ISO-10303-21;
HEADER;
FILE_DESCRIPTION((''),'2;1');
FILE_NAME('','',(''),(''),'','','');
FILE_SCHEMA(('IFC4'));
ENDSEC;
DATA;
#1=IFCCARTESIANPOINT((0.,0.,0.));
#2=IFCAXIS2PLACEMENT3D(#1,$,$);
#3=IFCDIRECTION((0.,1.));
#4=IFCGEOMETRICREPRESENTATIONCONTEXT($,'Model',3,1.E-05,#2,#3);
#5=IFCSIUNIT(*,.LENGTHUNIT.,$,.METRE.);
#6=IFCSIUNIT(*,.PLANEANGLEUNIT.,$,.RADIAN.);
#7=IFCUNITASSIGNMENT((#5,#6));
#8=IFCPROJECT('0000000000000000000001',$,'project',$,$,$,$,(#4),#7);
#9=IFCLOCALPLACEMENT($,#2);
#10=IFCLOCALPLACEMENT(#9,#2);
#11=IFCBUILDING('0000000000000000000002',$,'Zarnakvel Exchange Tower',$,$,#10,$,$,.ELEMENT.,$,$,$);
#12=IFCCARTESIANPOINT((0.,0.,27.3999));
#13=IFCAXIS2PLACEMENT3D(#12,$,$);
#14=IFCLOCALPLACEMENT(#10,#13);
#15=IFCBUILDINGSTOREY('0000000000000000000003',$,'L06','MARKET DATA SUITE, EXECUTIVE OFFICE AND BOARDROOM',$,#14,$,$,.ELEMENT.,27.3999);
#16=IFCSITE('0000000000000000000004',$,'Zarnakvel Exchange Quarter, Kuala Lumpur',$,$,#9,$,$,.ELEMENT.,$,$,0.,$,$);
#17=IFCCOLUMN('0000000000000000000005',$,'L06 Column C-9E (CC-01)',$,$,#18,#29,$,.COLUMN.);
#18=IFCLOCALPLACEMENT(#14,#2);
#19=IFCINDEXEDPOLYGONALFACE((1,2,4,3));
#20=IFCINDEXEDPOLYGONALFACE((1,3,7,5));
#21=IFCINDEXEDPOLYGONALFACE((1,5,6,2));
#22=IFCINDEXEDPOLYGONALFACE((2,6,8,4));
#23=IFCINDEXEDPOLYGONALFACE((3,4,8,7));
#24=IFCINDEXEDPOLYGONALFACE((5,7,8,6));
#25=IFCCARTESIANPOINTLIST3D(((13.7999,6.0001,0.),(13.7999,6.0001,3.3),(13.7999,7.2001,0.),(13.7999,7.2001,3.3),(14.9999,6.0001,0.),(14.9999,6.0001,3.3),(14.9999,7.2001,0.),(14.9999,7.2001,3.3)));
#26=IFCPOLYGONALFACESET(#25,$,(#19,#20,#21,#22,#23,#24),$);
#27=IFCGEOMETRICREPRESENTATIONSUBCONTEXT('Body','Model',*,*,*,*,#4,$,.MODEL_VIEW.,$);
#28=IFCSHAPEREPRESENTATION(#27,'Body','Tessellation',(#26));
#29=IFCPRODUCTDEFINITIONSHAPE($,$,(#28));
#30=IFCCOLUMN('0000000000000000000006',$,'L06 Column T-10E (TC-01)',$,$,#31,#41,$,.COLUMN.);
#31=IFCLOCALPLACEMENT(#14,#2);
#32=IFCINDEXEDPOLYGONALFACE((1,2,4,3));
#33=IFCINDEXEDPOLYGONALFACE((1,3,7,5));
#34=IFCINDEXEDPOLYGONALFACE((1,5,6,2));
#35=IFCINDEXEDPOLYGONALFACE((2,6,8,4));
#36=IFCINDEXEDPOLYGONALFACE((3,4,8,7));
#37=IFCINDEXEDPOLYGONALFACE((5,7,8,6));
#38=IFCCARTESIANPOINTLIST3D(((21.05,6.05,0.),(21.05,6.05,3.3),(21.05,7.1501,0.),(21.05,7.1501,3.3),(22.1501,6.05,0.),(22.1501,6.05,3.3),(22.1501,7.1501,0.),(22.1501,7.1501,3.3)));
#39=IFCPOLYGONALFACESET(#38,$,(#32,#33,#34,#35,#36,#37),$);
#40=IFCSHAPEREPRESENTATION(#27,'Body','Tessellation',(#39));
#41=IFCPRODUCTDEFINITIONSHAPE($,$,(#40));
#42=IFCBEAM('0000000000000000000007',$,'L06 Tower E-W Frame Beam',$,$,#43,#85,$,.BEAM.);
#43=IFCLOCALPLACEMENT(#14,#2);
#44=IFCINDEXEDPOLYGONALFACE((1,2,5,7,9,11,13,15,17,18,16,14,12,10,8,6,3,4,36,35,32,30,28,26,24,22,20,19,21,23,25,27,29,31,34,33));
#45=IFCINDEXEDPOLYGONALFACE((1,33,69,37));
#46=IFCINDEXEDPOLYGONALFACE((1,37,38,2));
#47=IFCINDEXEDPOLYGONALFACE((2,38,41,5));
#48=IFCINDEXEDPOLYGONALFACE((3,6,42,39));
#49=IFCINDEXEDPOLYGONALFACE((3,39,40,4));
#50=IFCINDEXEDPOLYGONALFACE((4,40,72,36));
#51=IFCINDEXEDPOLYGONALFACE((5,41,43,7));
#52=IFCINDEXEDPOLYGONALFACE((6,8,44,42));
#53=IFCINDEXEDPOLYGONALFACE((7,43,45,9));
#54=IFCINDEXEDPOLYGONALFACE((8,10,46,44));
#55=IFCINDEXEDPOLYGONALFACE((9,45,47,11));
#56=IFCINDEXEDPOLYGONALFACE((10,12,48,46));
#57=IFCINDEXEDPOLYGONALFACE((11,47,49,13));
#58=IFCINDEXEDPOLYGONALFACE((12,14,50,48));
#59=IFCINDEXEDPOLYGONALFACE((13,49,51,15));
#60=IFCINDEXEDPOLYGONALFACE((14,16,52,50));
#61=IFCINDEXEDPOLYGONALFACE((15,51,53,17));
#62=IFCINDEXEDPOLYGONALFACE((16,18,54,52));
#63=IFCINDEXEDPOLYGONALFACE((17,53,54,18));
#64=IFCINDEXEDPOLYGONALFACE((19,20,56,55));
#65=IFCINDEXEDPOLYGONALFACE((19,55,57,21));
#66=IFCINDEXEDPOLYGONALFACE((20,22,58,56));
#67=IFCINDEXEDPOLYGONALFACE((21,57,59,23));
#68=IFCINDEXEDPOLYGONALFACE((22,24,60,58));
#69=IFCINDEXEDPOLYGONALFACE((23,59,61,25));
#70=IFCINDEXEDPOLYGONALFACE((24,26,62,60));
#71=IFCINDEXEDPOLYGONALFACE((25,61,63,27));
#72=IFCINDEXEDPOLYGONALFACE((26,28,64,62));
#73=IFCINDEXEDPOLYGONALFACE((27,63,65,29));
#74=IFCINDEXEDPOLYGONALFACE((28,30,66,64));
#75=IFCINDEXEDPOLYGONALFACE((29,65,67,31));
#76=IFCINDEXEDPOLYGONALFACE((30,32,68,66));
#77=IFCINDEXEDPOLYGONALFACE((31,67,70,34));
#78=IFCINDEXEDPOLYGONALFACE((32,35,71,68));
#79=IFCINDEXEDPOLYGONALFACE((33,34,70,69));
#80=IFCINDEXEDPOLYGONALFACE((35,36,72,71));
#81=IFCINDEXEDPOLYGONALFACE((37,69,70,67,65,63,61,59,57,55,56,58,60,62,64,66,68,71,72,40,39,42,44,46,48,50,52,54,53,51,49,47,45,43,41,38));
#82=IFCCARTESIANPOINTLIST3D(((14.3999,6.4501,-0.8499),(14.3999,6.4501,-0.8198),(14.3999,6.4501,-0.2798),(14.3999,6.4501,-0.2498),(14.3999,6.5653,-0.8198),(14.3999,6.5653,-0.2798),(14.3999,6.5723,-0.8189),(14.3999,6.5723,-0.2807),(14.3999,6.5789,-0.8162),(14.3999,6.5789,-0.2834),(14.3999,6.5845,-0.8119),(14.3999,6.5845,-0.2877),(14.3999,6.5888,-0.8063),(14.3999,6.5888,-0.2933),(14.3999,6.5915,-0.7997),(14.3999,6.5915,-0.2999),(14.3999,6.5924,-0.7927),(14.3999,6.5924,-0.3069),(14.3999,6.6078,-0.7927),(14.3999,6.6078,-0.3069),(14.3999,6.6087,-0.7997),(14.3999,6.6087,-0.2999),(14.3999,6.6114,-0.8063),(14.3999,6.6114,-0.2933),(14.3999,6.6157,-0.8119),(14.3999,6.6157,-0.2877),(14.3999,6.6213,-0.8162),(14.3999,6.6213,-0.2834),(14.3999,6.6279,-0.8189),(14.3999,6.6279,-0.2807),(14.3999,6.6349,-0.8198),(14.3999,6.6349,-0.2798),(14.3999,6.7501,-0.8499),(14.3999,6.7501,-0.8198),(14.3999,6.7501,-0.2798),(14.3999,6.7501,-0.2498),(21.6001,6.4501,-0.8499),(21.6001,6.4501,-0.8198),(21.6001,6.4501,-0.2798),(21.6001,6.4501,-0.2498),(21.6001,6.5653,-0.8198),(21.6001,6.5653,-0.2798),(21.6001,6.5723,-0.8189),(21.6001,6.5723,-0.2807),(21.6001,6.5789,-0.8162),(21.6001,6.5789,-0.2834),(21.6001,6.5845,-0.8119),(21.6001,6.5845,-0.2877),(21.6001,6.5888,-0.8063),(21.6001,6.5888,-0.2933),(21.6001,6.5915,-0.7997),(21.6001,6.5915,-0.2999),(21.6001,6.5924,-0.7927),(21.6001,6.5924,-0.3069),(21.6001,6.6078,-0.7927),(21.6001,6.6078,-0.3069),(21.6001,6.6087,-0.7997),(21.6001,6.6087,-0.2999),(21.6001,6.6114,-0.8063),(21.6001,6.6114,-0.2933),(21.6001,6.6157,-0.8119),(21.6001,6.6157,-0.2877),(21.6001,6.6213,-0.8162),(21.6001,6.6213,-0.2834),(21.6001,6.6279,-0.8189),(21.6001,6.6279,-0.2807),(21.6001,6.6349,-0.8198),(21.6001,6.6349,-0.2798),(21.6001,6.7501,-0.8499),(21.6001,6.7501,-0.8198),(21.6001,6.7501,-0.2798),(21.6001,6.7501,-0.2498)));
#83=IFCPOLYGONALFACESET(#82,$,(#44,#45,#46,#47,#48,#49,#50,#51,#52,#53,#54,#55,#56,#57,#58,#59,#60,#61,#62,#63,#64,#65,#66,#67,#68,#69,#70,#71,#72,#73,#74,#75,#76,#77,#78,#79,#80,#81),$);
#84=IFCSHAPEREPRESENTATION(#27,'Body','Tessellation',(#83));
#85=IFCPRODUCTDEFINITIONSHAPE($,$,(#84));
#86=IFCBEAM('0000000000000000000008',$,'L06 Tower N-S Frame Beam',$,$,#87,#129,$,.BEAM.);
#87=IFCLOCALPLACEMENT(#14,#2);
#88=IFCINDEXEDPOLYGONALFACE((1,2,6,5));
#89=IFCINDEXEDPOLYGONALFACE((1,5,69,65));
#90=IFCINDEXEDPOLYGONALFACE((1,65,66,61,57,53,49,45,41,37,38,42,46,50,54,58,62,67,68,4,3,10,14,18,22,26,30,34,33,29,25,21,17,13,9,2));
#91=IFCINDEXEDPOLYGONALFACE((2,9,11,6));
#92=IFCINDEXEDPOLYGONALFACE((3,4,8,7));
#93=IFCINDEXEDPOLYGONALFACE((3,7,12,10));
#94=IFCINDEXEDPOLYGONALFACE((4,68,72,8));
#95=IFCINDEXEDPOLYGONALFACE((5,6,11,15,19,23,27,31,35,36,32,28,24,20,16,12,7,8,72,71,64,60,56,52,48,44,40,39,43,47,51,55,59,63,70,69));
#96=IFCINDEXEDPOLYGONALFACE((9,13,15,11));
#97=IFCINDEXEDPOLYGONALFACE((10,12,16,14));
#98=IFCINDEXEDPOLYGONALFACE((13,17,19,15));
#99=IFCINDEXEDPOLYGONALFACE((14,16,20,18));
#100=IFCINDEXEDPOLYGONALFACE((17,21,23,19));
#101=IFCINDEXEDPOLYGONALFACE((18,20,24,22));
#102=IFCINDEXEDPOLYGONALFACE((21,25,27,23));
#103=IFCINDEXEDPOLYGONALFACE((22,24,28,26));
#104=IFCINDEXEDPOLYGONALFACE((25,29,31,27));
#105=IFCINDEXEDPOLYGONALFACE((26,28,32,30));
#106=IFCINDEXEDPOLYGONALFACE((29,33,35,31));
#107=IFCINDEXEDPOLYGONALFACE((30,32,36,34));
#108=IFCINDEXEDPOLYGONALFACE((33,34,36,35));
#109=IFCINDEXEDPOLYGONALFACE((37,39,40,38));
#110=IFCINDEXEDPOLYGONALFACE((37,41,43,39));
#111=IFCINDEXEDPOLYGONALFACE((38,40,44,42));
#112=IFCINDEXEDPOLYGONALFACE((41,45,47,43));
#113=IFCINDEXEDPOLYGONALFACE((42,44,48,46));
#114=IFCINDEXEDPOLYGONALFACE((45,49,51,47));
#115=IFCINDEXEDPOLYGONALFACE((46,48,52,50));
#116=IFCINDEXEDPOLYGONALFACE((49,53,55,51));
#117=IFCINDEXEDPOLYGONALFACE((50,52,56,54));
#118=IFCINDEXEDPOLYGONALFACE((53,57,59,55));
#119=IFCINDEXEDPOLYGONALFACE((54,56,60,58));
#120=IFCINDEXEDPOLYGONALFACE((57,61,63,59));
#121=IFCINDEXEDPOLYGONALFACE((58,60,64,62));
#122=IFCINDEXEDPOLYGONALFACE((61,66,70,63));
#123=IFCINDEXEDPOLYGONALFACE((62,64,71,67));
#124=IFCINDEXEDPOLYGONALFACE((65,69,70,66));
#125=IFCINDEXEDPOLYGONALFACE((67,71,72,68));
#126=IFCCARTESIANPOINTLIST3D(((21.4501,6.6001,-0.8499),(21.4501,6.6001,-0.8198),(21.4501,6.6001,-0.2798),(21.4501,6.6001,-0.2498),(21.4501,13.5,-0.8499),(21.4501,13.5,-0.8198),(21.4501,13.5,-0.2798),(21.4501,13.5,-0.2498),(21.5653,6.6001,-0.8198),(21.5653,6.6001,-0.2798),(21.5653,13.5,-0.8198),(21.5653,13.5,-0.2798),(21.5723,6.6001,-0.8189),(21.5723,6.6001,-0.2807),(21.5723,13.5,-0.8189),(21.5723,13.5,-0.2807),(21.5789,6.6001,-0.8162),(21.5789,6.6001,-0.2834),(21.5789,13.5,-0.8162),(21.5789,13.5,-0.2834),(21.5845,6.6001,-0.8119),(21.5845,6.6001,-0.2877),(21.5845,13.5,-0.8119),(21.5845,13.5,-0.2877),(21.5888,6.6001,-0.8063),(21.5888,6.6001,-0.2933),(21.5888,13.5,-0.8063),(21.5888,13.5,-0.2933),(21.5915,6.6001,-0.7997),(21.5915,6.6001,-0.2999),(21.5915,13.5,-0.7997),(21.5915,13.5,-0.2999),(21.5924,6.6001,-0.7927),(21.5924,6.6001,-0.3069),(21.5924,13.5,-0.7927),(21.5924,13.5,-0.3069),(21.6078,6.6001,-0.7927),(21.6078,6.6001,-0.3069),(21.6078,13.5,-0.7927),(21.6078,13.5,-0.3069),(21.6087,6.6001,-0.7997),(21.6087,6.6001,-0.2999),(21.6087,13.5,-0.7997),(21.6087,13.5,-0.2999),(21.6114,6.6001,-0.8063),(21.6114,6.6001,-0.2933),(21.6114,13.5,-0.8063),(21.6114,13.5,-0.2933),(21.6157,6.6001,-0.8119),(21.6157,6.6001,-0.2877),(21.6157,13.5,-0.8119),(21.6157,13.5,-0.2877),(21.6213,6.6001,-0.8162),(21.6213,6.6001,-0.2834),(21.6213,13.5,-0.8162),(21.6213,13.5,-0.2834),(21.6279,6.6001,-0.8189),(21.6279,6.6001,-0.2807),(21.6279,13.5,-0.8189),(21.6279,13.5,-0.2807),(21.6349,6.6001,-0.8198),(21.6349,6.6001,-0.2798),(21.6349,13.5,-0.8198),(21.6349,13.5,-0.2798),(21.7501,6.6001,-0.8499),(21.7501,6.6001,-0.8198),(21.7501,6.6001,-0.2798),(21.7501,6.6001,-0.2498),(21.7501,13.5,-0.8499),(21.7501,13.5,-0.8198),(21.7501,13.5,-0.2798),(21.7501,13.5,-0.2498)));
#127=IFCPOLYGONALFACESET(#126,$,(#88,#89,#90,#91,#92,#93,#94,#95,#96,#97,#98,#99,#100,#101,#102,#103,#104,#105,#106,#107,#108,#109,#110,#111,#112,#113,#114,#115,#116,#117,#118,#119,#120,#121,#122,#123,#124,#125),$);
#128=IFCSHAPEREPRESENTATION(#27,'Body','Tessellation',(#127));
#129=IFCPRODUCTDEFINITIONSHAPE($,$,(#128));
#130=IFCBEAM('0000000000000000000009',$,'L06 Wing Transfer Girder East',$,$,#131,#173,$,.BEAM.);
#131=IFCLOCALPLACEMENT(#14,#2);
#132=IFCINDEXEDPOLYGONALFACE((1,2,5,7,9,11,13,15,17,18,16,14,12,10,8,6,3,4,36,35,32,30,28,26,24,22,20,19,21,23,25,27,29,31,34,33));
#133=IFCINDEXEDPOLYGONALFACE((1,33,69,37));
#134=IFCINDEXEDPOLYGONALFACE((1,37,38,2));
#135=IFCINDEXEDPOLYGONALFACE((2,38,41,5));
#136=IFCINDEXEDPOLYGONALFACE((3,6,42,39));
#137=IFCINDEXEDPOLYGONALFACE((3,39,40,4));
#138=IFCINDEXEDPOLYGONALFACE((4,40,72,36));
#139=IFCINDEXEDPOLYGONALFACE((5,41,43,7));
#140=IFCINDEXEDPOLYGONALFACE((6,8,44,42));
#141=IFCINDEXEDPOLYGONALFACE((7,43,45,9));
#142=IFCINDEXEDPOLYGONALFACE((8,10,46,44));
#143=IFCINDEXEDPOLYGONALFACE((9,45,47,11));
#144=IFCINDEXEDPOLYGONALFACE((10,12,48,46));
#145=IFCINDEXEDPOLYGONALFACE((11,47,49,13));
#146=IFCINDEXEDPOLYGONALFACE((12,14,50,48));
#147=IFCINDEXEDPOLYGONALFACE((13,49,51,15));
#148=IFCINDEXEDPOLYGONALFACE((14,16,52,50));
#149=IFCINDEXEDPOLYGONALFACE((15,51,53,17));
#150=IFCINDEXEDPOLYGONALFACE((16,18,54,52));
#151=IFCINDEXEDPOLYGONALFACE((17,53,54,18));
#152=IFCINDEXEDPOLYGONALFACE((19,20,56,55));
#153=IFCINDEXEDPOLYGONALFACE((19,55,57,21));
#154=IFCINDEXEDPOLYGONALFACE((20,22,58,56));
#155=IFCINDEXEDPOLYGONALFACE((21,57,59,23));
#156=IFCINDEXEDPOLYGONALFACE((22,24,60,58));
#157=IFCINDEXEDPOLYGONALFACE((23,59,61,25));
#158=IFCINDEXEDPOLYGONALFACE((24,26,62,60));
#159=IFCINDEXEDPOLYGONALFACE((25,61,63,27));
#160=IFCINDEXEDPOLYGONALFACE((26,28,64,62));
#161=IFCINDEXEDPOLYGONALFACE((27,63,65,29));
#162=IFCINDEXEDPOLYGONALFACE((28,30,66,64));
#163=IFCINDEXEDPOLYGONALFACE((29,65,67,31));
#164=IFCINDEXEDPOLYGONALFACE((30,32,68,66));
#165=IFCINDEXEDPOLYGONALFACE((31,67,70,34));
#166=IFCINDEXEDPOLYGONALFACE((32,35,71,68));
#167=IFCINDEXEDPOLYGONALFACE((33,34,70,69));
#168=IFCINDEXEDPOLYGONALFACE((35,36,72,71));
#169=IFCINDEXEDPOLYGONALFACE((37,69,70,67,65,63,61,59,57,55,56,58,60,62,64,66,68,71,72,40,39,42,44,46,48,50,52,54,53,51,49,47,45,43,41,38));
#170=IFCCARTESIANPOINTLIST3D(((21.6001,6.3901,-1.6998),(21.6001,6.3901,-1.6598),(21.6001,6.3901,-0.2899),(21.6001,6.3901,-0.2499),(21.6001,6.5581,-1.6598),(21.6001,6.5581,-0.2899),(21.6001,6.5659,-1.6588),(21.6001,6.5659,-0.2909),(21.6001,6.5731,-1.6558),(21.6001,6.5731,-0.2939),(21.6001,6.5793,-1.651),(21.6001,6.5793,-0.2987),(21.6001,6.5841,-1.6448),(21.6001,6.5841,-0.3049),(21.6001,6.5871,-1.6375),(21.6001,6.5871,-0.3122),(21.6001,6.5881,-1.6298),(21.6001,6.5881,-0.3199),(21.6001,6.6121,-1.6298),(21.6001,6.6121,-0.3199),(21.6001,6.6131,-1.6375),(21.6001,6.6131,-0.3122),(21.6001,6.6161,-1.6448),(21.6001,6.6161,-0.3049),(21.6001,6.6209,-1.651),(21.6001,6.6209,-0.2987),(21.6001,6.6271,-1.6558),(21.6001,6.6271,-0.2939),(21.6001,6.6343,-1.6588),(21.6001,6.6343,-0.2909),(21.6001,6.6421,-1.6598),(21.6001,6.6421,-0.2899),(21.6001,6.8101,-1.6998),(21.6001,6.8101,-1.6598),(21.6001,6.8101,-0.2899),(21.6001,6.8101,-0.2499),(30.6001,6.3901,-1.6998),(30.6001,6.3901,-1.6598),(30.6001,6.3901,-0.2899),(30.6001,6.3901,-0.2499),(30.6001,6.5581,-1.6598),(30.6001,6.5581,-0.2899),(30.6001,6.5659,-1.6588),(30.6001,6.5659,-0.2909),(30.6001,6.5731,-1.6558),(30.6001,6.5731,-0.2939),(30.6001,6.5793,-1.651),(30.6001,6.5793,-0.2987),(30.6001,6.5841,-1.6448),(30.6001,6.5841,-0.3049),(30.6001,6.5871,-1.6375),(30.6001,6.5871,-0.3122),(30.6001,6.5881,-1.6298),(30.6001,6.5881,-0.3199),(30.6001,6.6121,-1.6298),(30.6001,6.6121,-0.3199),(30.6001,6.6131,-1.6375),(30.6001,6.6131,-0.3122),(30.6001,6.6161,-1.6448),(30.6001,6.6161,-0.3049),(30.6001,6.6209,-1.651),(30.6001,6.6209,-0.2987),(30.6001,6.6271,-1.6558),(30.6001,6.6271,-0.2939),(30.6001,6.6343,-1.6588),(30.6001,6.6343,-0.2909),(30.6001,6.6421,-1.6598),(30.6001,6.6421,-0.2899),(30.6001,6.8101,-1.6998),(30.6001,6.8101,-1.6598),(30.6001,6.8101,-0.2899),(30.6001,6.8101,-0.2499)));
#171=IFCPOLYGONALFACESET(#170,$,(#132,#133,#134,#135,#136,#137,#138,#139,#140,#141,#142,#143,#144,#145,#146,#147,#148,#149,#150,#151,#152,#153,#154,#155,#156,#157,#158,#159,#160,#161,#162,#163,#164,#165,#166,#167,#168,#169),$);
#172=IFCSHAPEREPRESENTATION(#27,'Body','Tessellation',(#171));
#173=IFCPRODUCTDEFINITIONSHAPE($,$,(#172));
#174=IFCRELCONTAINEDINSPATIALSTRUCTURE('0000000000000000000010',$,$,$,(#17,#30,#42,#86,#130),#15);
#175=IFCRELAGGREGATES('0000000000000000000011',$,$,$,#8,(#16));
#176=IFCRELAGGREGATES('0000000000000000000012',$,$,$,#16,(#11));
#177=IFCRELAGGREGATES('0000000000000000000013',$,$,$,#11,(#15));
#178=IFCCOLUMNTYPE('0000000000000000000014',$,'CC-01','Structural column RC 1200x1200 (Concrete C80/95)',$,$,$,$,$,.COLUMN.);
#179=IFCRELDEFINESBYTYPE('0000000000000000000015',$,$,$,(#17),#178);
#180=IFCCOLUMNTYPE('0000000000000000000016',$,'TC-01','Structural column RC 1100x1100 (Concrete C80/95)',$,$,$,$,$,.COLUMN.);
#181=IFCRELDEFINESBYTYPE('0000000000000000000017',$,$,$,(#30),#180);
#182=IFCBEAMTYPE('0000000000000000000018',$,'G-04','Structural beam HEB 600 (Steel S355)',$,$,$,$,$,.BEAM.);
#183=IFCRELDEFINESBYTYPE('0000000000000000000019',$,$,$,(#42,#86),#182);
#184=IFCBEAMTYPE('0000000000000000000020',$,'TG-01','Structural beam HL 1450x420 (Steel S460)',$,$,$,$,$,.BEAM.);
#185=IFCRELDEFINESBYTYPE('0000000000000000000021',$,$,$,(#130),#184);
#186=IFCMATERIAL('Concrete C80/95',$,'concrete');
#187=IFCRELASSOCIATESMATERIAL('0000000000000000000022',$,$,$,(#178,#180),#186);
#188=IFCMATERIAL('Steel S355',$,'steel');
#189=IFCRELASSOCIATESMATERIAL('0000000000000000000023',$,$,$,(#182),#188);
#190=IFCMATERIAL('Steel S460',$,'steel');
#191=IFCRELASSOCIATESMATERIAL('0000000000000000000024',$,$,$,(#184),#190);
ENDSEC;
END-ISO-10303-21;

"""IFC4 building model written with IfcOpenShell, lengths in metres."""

from ifc_helpers import new_model, si_unit, direction, frame, origin, origin_2d, place, context, subcontext, project, spatial, rectangle, i_section, extrude, material, material_profile, profile_set, type_object, element, save


model = new_model("IFC4")

# Units and contexts
model_context = context("Model", 3, precision=1e-05, world=origin(), true_north=direction((0.0, 1.0)))
body_context = subcontext(model_context, "Body", "Model", "MODEL_VIEW")
ifc_project = project(units=[si_unit("LENGTHUNIT", "METRE"), si_unit("PLANEANGLEUNIT", "RADIAN")], contexts=[model_context])

# Site, building, storey
site_placement = place(None, origin())
site = spatial("IfcSite", under=ifc_project, at=site_placement, Name="Zarnakvel Exchange Quarter, Kuala Lumpur", CompositionType="ELEMENT", RefElevation=0.0)
building_placement = place(site_placement, origin())
building = spatial("IfcBuilding", under=site, at=building_placement, Name="Zarnakvel Exchange Tower", CompositionType="ELEMENT")
storey_placement = place(building_placement, frame((0.0, 0.0, 27.3999)))
storey = spatial("IfcBuildingStorey", under=building, at=storey_placement, Name="L06", Description="MARKET DATA SUITE, EXECUTIVE OFFICE AND BOARDROOM", CompositionType="ELEMENT", Elevation=27.3999)

# Columns
ifc_material_1 = material(Name="Concrete C80/95", Category="concrete")
ifc_material_profile_1 = material_profile(ifc_material_1, rectangle(XDim=1.2, YDim=1.2, at=origin_2d()))
ifc_profile_set_1 = profile_set([ifc_material_profile_1], Name="Concrete C80/95")
column_type_1 = type_object("IfcColumnType", Name="CC-01", Description="Structural column RC 1200x1200 (Concrete C80/95)", PredefinedType="COLUMN", material=ifc_profile_set_1)
column_1_placement = place(storey_placement, frame((14.3999, 6.6001, 0.0), z_axis=(0.0, 0.0, 1.0), x_axis=(1.0, 0.0, 0.0)))
element("IfcColumn", 1, at=column_1_placement, inside=storey, type_object=column_type_1, Name="L06 Column C-9E (CC-01)", PredefinedType="COLUMN", context=body_context, shape_type="SweptSolid", body=[
    extrude(rectangle(XDim=1.2, YDim=1.2, at=origin_2d()), origin(), (0.0, 0.0, 1.0), 3.3),
])
ifc_material_profile_2 = material_profile(ifc_material_1, rectangle(XDim=1.1001, YDim=1.1001, at=origin_2d()))
ifc_profile_set_2 = profile_set([ifc_material_profile_2], Name="Concrete C80/95")
column_type_2 = type_object("IfcColumnType", Name="TC-01", Description="Structural column RC 1100x1100 (Concrete C80/95)", PredefinedType="COLUMN", material=ifc_profile_set_2)
column_2_placement = place(storey_placement, frame((21.6001, 6.6001, 0.0), z_axis=(0.0, 0.0, 1.0), x_axis=(1.0, 0.0, 0.0)))
element("IfcColumn", 2, at=column_2_placement, inside=storey, type_object=column_type_2, Name="L06 Column T-10E (TC-01)", PredefinedType="COLUMN", context=body_context, shape_type="SweptSolid", body=[
    extrude(rectangle(XDim=1.1001, YDim=1.1001, at=origin_2d()), origin(), (0.0, 0.0, 1.0), 3.3),
])

# Beams
ifc_material_2 = material(Name="Steel S355", Category="steel")
ifc_material_profile_3 = material_profile(ifc_material_2, i_section(OverallWidth=0.3, OverallDepth=0.6001, WebThickness=0.0154, FlangeThickness=0.03, FilletRadius=0.0271, at=origin_2d()))
ifc_profile_set_3 = profile_set([ifc_material_profile_3], Name="Steel S355")
beam_type_1 = type_object("IfcBeamType", Name="G-04", Description="Structural beam HEB 600 (Steel S355)", PredefinedType="BEAM", material=ifc_profile_set_3)
beam_1_placement = place(storey_placement, frame((14.3999, 6.6001, -0.5498), z_axis=(1.0, 0.0, 0.0), x_axis=(0.0, 1.0, 0.0)))
element("IfcBeam", 3, at=beam_1_placement, inside=storey, type_object=beam_type_1, Name="L06 Tower E-W Frame Beam", PredefinedType="BEAM", context=body_context, shape_type="SweptSolid", body=[
    extrude(i_section(OverallWidth=0.3, OverallDepth=0.6001, WebThickness=0.0154, FlangeThickness=0.03, FilletRadius=0.0271, at=origin_2d()), origin(), (0.0, 0.0, 1.0), 7.2002),
])
beam_2_placement = place(storey_placement, frame((21.6001, 6.6001, -0.5498), z_axis=(0.0, 1.0, 0.0), x_axis=(-1.0, 0.0, 0.0)))
element("IfcBeam", 4, at=beam_2_placement, inside=storey, type_object=beam_type_1, Name="L06 Tower N-S Frame Beam", PredefinedType="BEAM", context=body_context, shape_type="SweptSolid", body=[
    extrude(i_section(OverallWidth=0.3, OverallDepth=0.6001, WebThickness=0.0154, FlangeThickness=0.03, FilletRadius=0.0271, at=origin_2d()), origin(), (0.0, 0.0, 1.0), 6.8999),
])
ifc_material_3 = material(Name="Steel S460", Category="steel")
ifc_material_profile_4 = material_profile(ifc_material_3, i_section(OverallWidth=0.4199, OverallDepth=1.45, WebThickness=0.0239, FlangeThickness=0.04, FilletRadius=0.03, at=origin_2d()))
ifc_profile_set_4 = profile_set([ifc_material_profile_4], Name="Steel S460")
beam_type_2 = type_object("IfcBeamType", Name="TG-01", Description="Structural beam HL 1450x420 (Steel S460)", PredefinedType="BEAM", material=ifc_profile_set_4)
beam_3_placement = place(storey_placement, frame((21.6001, 6.6001, -0.9749), z_axis=(1.0, 0.0, 0.0), x_axis=(0.0, 1.0, 0.0)))
element("IfcBeam", 5, at=beam_3_placement, inside=storey, type_object=beam_type_2, Name="L06 Wing Transfer Girder East", PredefinedType="BEAM", context=body_context, shape_type="SweptSolid", body=[
    extrude(i_section(OverallWidth=0.4199, OverallDepth=1.45, WebThickness=0.0239, FlangeThickness=0.04, FilletRadius=0.03, at=origin_2d()), origin(), (0.0, 0.0, 1.0), 9.0),
])

save(model, "model.ifc")
